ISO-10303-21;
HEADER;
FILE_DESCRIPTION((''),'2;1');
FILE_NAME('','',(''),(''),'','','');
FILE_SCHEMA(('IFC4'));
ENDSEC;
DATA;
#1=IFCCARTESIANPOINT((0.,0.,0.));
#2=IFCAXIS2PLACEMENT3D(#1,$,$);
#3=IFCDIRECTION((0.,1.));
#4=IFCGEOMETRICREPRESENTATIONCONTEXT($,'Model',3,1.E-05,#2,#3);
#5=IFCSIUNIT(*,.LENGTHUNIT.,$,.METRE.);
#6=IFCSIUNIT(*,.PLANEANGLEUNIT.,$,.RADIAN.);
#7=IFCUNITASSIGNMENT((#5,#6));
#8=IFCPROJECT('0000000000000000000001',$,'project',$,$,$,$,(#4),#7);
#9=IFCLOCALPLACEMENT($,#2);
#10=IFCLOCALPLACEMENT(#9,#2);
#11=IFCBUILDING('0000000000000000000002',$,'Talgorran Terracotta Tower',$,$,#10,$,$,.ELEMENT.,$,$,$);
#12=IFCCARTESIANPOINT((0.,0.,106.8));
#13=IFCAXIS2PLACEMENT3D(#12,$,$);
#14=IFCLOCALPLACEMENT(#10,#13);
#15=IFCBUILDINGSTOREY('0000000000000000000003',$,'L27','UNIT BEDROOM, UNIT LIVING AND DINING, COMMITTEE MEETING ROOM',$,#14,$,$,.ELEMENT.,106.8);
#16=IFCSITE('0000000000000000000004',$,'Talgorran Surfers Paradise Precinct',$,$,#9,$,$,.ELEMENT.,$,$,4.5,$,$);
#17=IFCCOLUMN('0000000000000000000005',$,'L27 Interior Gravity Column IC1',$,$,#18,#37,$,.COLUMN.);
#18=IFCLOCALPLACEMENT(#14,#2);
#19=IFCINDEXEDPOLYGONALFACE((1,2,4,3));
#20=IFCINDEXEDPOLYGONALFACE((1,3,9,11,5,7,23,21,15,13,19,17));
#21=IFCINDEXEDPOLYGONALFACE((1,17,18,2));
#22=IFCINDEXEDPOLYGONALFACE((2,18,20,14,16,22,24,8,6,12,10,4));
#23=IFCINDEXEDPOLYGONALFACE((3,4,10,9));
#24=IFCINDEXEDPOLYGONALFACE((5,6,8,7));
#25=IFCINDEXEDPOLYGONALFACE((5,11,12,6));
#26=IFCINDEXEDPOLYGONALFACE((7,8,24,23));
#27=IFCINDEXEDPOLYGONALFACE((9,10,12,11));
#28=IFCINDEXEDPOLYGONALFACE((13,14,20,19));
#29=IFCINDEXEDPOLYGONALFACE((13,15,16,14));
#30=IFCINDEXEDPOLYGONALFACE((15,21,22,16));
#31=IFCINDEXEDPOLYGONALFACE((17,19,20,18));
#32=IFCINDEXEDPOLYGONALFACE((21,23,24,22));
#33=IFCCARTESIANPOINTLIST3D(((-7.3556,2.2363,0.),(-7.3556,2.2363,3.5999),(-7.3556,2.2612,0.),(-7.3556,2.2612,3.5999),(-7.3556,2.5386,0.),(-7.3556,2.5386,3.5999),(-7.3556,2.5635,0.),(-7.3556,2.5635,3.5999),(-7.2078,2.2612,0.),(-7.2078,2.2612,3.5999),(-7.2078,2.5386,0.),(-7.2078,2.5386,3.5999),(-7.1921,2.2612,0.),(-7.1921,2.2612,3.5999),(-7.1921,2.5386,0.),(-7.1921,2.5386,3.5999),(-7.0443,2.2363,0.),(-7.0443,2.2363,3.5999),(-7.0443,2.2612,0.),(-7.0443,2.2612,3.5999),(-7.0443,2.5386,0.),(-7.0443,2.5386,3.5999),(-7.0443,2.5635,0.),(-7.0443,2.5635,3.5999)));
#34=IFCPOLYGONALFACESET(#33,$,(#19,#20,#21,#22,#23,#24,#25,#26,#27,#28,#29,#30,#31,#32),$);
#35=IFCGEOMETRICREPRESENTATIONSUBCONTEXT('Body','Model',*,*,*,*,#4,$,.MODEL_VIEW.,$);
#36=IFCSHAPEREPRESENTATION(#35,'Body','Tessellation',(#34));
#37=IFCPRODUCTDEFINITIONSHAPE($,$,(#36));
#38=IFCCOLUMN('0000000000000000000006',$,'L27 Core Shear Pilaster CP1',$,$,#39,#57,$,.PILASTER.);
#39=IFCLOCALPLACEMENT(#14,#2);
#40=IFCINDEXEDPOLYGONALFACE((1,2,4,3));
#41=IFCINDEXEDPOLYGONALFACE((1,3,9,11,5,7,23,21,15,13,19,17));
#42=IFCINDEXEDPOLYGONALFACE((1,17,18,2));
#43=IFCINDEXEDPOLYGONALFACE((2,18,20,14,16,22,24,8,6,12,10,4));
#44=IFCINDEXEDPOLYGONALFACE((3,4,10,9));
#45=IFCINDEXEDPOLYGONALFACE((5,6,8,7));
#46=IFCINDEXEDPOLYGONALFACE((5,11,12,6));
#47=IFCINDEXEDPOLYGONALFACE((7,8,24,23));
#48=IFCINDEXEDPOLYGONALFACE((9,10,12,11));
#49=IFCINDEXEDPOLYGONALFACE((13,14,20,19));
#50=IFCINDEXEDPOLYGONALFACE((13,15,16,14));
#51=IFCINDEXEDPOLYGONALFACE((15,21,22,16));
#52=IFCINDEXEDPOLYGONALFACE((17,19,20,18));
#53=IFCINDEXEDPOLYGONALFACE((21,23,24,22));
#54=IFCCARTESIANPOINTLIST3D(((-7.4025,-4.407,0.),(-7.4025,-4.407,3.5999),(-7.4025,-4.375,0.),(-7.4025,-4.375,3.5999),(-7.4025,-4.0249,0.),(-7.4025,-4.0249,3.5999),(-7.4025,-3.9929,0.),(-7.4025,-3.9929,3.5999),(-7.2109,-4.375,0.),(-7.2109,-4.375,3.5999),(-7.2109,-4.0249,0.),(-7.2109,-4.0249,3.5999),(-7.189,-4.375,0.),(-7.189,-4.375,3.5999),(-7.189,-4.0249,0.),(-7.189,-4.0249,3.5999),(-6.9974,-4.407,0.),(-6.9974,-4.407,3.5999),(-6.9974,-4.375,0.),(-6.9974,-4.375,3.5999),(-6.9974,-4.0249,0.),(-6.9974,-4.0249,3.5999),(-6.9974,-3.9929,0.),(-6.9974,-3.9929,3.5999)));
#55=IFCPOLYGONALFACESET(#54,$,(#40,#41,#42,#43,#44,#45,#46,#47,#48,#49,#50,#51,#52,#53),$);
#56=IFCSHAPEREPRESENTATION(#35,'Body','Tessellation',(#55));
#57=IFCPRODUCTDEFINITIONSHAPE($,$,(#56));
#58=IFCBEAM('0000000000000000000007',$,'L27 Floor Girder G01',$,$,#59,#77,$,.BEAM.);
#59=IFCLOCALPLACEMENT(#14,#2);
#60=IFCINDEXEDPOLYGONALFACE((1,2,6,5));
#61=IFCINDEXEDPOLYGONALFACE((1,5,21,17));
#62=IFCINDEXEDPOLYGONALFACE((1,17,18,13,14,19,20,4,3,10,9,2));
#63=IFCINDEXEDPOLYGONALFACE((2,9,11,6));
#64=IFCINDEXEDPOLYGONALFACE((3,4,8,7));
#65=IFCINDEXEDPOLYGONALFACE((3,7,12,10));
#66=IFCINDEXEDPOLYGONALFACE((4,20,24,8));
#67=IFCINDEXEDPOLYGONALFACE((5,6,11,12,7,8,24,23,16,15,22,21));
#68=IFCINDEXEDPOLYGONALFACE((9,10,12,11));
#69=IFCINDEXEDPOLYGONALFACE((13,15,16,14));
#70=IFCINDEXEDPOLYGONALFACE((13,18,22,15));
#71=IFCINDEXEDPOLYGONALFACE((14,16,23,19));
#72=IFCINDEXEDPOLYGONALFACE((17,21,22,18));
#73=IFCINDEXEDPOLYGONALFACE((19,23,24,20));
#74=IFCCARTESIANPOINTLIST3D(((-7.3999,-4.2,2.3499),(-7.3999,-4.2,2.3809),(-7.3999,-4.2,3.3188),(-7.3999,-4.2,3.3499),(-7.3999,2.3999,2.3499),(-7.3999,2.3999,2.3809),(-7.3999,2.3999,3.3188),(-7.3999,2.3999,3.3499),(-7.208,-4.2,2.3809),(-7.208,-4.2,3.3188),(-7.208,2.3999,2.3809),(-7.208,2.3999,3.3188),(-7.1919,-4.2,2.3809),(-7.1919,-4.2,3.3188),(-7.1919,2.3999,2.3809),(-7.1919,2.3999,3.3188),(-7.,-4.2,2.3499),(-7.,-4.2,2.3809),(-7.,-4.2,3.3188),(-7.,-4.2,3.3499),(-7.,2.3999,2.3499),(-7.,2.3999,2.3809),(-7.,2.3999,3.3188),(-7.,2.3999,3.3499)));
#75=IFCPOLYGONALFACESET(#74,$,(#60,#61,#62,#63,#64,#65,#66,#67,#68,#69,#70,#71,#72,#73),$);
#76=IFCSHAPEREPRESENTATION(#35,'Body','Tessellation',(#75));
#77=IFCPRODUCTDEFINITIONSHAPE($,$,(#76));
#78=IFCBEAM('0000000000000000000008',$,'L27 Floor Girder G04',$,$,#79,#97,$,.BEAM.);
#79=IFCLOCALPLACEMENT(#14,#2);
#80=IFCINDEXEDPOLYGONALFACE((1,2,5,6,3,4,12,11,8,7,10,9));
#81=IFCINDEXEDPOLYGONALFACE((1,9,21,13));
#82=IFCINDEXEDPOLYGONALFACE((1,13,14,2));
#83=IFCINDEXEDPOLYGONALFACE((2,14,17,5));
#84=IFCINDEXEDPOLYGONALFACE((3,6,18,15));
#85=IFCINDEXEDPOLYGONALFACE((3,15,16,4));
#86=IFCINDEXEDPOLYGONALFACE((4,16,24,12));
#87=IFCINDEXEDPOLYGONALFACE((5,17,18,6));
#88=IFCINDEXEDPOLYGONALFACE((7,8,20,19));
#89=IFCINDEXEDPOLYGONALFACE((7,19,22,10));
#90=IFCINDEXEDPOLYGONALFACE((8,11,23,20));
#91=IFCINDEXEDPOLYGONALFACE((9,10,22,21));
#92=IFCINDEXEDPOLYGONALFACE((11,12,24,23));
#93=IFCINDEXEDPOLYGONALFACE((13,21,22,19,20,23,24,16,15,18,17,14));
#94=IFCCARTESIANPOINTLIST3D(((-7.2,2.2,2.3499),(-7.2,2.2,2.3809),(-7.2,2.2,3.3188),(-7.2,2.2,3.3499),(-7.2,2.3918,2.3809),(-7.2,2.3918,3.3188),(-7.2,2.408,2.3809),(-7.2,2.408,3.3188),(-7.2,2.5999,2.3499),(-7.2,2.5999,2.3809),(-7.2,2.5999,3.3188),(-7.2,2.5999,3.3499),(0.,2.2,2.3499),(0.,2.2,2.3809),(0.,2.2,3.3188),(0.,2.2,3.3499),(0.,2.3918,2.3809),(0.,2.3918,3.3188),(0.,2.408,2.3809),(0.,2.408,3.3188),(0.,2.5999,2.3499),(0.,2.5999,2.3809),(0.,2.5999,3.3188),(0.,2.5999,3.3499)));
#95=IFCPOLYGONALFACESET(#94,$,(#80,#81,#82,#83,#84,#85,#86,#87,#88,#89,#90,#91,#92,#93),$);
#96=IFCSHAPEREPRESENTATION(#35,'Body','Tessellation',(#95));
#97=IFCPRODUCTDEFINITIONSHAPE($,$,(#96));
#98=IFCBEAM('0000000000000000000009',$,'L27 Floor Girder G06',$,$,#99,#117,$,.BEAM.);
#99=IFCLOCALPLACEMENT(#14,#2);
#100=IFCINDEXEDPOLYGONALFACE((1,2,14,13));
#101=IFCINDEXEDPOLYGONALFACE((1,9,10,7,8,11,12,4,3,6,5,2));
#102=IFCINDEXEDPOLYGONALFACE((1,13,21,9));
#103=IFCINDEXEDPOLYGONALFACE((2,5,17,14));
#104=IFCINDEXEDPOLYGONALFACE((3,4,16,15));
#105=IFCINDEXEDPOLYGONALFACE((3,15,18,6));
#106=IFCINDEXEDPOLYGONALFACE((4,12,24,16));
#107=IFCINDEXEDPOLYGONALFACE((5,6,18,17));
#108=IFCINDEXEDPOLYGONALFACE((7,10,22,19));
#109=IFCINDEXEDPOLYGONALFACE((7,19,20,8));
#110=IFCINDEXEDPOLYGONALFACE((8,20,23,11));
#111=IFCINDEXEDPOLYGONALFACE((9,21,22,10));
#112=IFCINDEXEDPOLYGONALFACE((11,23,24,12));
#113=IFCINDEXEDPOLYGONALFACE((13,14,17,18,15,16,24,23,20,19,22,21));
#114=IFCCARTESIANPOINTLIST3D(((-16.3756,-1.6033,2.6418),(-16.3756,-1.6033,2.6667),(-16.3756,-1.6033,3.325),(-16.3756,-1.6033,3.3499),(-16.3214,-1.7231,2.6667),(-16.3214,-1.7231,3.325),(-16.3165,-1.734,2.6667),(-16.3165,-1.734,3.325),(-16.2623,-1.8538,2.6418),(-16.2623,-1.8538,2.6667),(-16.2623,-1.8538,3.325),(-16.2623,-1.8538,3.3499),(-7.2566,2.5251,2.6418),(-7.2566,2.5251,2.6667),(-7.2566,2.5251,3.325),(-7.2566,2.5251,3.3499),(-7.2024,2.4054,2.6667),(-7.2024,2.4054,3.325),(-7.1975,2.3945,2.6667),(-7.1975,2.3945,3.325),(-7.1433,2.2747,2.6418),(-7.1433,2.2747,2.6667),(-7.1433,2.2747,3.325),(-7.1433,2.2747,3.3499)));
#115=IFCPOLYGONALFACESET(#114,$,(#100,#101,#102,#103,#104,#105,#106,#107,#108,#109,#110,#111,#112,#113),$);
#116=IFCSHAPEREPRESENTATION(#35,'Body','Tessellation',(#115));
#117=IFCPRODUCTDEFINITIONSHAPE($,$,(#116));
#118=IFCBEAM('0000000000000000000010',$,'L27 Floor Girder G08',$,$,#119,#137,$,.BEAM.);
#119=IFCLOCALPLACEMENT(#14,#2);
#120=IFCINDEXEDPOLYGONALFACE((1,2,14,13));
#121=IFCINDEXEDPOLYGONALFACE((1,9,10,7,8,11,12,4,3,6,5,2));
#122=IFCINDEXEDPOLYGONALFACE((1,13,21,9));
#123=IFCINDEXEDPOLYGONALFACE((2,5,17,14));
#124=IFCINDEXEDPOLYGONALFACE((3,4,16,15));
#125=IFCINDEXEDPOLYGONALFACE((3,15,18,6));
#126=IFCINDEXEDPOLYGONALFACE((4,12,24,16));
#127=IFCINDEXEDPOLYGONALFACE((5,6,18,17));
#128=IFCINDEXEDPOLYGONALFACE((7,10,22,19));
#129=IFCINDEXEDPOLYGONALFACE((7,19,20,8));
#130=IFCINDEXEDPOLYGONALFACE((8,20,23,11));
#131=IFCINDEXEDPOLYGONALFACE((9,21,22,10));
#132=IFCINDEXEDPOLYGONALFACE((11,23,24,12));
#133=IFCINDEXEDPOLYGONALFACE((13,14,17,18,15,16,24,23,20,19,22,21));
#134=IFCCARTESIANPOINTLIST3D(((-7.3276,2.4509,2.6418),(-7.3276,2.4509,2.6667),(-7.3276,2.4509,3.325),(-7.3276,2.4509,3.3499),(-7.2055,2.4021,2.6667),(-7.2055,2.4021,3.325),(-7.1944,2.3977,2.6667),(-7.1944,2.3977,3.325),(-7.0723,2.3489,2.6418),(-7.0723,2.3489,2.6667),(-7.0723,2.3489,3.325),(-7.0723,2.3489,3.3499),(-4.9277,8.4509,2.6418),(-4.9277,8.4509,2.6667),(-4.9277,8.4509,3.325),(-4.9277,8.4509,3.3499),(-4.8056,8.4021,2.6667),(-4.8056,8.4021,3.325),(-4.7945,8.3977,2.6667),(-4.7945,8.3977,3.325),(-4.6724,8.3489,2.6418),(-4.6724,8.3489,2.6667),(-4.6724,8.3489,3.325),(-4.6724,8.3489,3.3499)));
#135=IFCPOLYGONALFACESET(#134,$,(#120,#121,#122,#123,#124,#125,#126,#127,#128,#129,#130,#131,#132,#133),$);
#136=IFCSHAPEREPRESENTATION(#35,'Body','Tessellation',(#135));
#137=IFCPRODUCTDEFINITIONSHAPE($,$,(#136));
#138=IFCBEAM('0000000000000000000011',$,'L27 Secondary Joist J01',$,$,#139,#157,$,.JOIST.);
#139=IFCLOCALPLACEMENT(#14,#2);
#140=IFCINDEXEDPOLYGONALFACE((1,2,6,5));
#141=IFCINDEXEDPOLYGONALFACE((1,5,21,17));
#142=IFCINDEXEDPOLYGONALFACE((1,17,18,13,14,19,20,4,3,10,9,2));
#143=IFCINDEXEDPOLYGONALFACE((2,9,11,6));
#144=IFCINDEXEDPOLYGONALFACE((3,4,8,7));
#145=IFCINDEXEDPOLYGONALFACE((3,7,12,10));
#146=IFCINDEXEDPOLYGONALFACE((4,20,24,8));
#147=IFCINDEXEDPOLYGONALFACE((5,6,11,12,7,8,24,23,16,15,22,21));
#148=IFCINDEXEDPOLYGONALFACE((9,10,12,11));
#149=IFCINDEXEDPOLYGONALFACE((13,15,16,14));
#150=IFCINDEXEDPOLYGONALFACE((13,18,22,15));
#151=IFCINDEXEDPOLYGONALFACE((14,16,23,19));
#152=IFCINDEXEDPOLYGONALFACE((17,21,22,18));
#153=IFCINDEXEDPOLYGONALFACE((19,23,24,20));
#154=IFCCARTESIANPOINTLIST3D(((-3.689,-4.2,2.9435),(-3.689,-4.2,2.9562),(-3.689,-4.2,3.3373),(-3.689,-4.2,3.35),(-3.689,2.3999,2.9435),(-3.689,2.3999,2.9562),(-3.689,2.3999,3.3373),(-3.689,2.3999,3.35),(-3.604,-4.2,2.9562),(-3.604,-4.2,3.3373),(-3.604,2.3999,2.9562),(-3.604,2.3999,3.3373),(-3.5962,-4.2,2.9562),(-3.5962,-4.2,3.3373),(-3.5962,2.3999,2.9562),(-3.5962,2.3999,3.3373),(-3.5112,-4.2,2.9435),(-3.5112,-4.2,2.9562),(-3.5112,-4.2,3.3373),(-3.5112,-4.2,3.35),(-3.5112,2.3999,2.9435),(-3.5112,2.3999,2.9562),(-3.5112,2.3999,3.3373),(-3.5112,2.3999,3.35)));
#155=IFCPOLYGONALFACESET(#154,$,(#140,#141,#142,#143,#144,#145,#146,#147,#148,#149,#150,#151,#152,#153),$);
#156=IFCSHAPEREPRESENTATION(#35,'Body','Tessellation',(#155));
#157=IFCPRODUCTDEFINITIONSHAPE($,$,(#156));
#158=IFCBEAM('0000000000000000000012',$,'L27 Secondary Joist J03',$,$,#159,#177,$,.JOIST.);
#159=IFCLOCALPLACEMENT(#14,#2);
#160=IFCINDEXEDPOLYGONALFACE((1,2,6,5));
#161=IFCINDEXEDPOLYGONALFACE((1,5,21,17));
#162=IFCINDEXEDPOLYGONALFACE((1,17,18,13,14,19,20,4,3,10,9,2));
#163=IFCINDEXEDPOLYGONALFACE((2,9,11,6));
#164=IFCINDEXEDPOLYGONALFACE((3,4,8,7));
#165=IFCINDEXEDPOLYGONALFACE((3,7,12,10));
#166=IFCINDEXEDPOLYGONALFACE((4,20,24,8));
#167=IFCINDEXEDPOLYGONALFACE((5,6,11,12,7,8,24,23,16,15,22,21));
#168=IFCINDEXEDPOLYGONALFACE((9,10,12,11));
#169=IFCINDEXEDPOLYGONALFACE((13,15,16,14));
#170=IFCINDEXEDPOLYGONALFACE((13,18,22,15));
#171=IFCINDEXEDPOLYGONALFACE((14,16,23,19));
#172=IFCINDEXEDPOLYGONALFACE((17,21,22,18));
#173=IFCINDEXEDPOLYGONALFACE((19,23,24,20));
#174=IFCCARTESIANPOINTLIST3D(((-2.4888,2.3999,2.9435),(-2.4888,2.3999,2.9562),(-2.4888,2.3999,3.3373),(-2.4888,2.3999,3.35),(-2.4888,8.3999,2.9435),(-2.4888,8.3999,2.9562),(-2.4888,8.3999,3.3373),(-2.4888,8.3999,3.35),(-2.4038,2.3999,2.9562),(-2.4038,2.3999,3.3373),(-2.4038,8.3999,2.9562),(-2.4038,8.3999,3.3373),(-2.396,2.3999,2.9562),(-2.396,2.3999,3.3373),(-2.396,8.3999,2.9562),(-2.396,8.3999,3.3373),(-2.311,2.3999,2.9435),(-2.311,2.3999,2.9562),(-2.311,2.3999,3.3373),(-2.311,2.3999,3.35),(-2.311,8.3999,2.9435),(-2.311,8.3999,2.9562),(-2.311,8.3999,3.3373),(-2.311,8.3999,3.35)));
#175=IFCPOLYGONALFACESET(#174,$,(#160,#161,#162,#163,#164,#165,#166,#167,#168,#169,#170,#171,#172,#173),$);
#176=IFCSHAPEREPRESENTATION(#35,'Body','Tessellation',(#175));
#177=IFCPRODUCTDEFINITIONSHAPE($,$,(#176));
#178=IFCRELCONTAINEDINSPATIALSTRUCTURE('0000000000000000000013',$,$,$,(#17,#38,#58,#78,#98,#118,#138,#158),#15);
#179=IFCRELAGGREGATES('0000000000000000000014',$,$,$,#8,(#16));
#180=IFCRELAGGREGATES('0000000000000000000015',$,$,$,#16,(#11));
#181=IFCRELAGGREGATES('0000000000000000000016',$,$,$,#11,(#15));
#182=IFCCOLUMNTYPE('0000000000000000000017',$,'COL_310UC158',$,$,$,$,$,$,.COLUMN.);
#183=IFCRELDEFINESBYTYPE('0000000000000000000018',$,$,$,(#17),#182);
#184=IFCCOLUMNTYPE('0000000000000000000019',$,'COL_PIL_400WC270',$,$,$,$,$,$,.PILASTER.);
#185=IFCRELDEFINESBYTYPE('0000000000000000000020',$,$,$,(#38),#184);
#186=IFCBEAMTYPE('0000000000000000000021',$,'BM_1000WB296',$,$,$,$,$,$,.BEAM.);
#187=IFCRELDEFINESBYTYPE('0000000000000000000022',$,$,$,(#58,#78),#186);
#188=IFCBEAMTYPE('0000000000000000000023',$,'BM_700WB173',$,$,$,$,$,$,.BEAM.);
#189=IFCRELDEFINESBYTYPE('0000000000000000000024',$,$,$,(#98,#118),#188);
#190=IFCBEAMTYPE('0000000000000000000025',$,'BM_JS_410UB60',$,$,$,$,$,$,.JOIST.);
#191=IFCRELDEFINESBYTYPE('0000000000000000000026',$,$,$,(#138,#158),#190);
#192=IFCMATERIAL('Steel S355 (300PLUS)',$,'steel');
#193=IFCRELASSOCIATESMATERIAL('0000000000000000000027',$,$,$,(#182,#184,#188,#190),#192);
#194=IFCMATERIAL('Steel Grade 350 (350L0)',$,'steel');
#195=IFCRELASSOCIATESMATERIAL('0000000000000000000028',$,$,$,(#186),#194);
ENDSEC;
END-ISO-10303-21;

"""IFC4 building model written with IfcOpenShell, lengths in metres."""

from ifc_helpers import new_model, si_unit, direction, frame, origin, origin_2d, place, context, subcontext, project, spatial, i_section, extrude, material, material_profile, profile_set, type_object, element, save


model = new_model("IFC4")

# Units and contexts
model_context = context("Model", 3, precision=1e-05, world=origin(), true_north=direction((0.0, 1.0)))
body_context = subcontext(model_context, "Body", "Model", "MODEL_VIEW")
ifc_project = project(units=[si_unit("LENGTHUNIT", "METRE"), si_unit("PLANEANGLEUNIT", "RADIAN")], contexts=[model_context])

# Site, building, storey
site_placement = place(None, origin())
site = spatial("IfcSite", under=ifc_project, at=site_placement, Name="Talgorran Surfers Paradise Precinct", CompositionType="ELEMENT", RefElevation=4.5)
building_placement = place(site_placement, origin())
building = spatial("IfcBuilding", under=site, at=building_placement, Name="Talgorran Terracotta Tower", CompositionType="ELEMENT")
storey_placement = place(building_placement, frame((0.0, 0.0, 106.8)))
storey = spatial("IfcBuildingStorey", under=building, at=storey_placement, Name="L27", Description="UNIT BEDROOM, UNIT LIVING AND DINING, COMMITTEE MEETING ROOM", CompositionType="ELEMENT", Elevation=106.8)

# Columns
ifc_material_1 = material(Name="Steel S355 (300PLUS)", Category="steel")
ifc_material_profile_1 = material_profile(ifc_material_1, i_section(OverallWidth=0.3113, OverallDepth=0.3271, WebThickness=0.0156, FlangeThickness=0.0249, at=origin_2d()), Name="310UC158")
ifc_profile_set_1 = profile_set([ifc_material_profile_1], Name="Steel S355 (300PLUS)")
column_type_1 = type_object("IfcColumnType", Name="COL_310UC158", PredefinedType="COLUMN", material=ifc_profile_set_1)
column_1_placement = place(storey_placement, frame((-7.2, 2.3999, 0.0), z_axis=(0.0, 0.0, 1.0), x_axis=(1.0, 0.0, 0.0)))
element("IfcColumn", 1, at=column_1_placement, inside=storey, type_object=column_type_1, Name="L27 Interior Gravity Column IC1", PredefinedType="COLUMN", context=body_context, shape_type="SweptSolid", body=[
    extrude(i_section(OverallWidth=0.3113, OverallDepth=0.3271, WebThickness=0.0156, FlangeThickness=0.0249, at=origin_2d()), origin(), (0.0, 0.0, 1.0), 3.5999),
])
ifc_material_profile_2 = material_profile(ifc_material_1, i_section(OverallWidth=0.405, OverallDepth=0.4141, WebThickness=0.022, FlangeThickness=0.032, at=origin_2d()), Name="400WC270")
ifc_profile_set_2 = profile_set([ifc_material_profile_2], Name="Steel S355 (300PLUS)")
column_type_2 = type_object("IfcColumnType", Name="COL_PIL_400WC270", PredefinedType="PILASTER", material=ifc_profile_set_2)
column_2_placement = place(storey_placement, frame((-7.2, -4.2, 0.0), z_axis=(0.0, 0.0, 1.0), x_axis=(1.0, 0.0, 0.0)))
element("IfcColumn", 2, at=column_2_placement, inside=storey, type_object=column_type_2, Name="L27 Core Shear Pilaster CP1", PredefinedType="PILASTER", context=body_context, shape_type="SweptSolid", body=[
    extrude(i_section(OverallWidth=0.405, OverallDepth=0.4141, WebThickness=0.022, FlangeThickness=0.032, at=origin_2d()), origin(), (0.0, 0.0, 1.0), 3.5999),
])

# Beams
ifc_material_2 = material(Name="Steel Grade 350 (350L0)", Category="steel")
ifc_material_profile_3 = material_profile(ifc_material_2, i_section(OverallWidth=0.3999, OverallDepth=1.0, WebThickness=0.0161, FlangeThickness=0.031, at=origin_2d()), Name="1000WB296")
ifc_profile_set_3 = profile_set([ifc_material_profile_3], Name="Steel Grade 350 (350L0)")
beam_type_1 = type_object("IfcBeamType", Name="BM_1000WB296", PredefinedType="BEAM", material=ifc_profile_set_3)
beam_1_placement = place(storey_placement, frame((-7.2, -4.2, 2.8499), z_axis=(0.0, 1.0, 0.0), x_axis=(-1.0, 0.0, 0.0)))
element("IfcBeam", 3, at=beam_1_placement, inside=storey, type_object=beam_type_1, Name="L27 Floor Girder G01", PredefinedType="BEAM", context=body_context, shape_type="SweptSolid", body=[
    extrude(i_section(OverallWidth=0.3999, OverallDepth=1.0, WebThickness=0.0161, FlangeThickness=0.031, at=origin_2d()), origin(), (0.0, 0.0, 1.0), 6.5999),
])
beam_2_placement = place(storey_placement, frame((-7.2, 2.3999, 2.8499), z_axis=(1.0, 0.0, 0.0), x_axis=(0.0, 1.0, 0.0)))
element("IfcBeam", 4, at=beam_2_placement, inside=storey, type_object=beam_type_1, Name="L27 Floor Girder G04", PredefinedType="BEAM", context=body_context, shape_type="SweptSolid", body=[
    extrude(i_section(OverallWidth=0.3999, OverallDepth=1.0, WebThickness=0.0161, FlangeThickness=0.031, at=origin_2d()), origin(), (0.0, 0.0, 1.0), 7.2),
])
ifc_material_profile_4 = material_profile(ifc_material_1, i_section(OverallWidth=0.2749, OverallDepth=0.708, WebThickness=0.012, FlangeThickness=0.0249, at=origin_2d()), Name="700WB173")
ifc_profile_set_4 = profile_set([ifc_material_profile_4], Name="Steel S355 (300PLUS)")
beam_type_2 = type_object("IfcBeamType", Name="BM_700WB173", PredefinedType="BEAM", material=ifc_profile_set_4)
beam_3_placement = place(storey_placement, frame((-7.2, 2.3999, 2.9958), z_axis=(-0.910988, -0.412433, 0.0), x_axis=(0.412433, -0.910988, 0.0)))
element("IfcBeam", 5, at=beam_3_placement, inside=storey, type_object=beam_type_2, Name="L27 Floor Girder G06", PredefinedType="BEAM", context=body_context, shape_type="SweptSolid", body=[
    extrude(i_section(OverallWidth=0.2749, OverallDepth=0.708, WebThickness=0.012, FlangeThickness=0.0249, at=origin_2d()), origin(), (0.0, 0.0, 1.0), 10.01),
])
beam_4_placement = place(storey_placement, frame((-7.2, 2.3999, 2.9958), z_axis=(0.371378, 0.928482, 0.0), x_axis=(-0.928482, 0.371378, 0.0)))
element("IfcBeam", 6, at=beam_4_placement, inside=storey, type_object=beam_type_2, Name="L27 Floor Girder G08", PredefinedType="BEAM", context=body_context, shape_type="SweptSolid", body=[
    extrude(i_section(OverallWidth=0.2749, OverallDepth=0.708, WebThickness=0.012, FlangeThickness=0.0249, at=origin_2d()), origin(), (0.0, 0.0, 1.0), 6.4622),
])
ifc_material_profile_5 = material_profile(ifc_material_1, i_section(OverallWidth=0.1777, OverallDepth=0.4065, WebThickness=0.0078, FlangeThickness=0.0127, at=origin_2d()), Name="410UB59.7")
ifc_profile_set_5 = profile_set([ifc_material_profile_5], Name="Steel S355 (300PLUS)")
beam_type_3 = type_object("IfcBeamType", Name="BM_JS_410UB60", PredefinedType="JOIST", material=ifc_profile_set_5)
beam_5_placement = place(storey_placement, frame((-3.6001, -4.2, 3.1467), z_axis=(0.0, 1.0, 0.0), x_axis=(-1.0, 0.0, 0.0)))
element("IfcBeam", 7, at=beam_5_placement, inside=storey, type_object=beam_type_3, Name="L27 Secondary Joist J01", PredefinedType="JOIST", context=body_context, shape_type="SweptSolid", body=[
    extrude(i_section(OverallWidth=0.1777, OverallDepth=0.4065, WebThickness=0.0078, FlangeThickness=0.0127, at=origin_2d()), origin(), (0.0, 0.0, 1.0), 6.5999),
])
beam_6_placement = place(storey_placement, frame((-2.3999, 2.3999, 3.1467), z_axis=(0.0, 1.0, 0.0), x_axis=(-1.0, 0.0, 0.0)))
element("IfcBeam", 8, at=beam_6_placement, inside=storey, type_object=beam_type_3, Name="L27 Secondary Joist J03", PredefinedType="JOIST", context=body_context, shape_type="SweptSolid", body=[
    extrude(i_section(OverallWidth=0.1777, OverallDepth=0.4065, WebThickness=0.0078, FlangeThickness=0.0127, at=origin_2d()), origin(), (0.0, 0.0, 1.0), 6.0),
])

save(model, "model.ifc")
